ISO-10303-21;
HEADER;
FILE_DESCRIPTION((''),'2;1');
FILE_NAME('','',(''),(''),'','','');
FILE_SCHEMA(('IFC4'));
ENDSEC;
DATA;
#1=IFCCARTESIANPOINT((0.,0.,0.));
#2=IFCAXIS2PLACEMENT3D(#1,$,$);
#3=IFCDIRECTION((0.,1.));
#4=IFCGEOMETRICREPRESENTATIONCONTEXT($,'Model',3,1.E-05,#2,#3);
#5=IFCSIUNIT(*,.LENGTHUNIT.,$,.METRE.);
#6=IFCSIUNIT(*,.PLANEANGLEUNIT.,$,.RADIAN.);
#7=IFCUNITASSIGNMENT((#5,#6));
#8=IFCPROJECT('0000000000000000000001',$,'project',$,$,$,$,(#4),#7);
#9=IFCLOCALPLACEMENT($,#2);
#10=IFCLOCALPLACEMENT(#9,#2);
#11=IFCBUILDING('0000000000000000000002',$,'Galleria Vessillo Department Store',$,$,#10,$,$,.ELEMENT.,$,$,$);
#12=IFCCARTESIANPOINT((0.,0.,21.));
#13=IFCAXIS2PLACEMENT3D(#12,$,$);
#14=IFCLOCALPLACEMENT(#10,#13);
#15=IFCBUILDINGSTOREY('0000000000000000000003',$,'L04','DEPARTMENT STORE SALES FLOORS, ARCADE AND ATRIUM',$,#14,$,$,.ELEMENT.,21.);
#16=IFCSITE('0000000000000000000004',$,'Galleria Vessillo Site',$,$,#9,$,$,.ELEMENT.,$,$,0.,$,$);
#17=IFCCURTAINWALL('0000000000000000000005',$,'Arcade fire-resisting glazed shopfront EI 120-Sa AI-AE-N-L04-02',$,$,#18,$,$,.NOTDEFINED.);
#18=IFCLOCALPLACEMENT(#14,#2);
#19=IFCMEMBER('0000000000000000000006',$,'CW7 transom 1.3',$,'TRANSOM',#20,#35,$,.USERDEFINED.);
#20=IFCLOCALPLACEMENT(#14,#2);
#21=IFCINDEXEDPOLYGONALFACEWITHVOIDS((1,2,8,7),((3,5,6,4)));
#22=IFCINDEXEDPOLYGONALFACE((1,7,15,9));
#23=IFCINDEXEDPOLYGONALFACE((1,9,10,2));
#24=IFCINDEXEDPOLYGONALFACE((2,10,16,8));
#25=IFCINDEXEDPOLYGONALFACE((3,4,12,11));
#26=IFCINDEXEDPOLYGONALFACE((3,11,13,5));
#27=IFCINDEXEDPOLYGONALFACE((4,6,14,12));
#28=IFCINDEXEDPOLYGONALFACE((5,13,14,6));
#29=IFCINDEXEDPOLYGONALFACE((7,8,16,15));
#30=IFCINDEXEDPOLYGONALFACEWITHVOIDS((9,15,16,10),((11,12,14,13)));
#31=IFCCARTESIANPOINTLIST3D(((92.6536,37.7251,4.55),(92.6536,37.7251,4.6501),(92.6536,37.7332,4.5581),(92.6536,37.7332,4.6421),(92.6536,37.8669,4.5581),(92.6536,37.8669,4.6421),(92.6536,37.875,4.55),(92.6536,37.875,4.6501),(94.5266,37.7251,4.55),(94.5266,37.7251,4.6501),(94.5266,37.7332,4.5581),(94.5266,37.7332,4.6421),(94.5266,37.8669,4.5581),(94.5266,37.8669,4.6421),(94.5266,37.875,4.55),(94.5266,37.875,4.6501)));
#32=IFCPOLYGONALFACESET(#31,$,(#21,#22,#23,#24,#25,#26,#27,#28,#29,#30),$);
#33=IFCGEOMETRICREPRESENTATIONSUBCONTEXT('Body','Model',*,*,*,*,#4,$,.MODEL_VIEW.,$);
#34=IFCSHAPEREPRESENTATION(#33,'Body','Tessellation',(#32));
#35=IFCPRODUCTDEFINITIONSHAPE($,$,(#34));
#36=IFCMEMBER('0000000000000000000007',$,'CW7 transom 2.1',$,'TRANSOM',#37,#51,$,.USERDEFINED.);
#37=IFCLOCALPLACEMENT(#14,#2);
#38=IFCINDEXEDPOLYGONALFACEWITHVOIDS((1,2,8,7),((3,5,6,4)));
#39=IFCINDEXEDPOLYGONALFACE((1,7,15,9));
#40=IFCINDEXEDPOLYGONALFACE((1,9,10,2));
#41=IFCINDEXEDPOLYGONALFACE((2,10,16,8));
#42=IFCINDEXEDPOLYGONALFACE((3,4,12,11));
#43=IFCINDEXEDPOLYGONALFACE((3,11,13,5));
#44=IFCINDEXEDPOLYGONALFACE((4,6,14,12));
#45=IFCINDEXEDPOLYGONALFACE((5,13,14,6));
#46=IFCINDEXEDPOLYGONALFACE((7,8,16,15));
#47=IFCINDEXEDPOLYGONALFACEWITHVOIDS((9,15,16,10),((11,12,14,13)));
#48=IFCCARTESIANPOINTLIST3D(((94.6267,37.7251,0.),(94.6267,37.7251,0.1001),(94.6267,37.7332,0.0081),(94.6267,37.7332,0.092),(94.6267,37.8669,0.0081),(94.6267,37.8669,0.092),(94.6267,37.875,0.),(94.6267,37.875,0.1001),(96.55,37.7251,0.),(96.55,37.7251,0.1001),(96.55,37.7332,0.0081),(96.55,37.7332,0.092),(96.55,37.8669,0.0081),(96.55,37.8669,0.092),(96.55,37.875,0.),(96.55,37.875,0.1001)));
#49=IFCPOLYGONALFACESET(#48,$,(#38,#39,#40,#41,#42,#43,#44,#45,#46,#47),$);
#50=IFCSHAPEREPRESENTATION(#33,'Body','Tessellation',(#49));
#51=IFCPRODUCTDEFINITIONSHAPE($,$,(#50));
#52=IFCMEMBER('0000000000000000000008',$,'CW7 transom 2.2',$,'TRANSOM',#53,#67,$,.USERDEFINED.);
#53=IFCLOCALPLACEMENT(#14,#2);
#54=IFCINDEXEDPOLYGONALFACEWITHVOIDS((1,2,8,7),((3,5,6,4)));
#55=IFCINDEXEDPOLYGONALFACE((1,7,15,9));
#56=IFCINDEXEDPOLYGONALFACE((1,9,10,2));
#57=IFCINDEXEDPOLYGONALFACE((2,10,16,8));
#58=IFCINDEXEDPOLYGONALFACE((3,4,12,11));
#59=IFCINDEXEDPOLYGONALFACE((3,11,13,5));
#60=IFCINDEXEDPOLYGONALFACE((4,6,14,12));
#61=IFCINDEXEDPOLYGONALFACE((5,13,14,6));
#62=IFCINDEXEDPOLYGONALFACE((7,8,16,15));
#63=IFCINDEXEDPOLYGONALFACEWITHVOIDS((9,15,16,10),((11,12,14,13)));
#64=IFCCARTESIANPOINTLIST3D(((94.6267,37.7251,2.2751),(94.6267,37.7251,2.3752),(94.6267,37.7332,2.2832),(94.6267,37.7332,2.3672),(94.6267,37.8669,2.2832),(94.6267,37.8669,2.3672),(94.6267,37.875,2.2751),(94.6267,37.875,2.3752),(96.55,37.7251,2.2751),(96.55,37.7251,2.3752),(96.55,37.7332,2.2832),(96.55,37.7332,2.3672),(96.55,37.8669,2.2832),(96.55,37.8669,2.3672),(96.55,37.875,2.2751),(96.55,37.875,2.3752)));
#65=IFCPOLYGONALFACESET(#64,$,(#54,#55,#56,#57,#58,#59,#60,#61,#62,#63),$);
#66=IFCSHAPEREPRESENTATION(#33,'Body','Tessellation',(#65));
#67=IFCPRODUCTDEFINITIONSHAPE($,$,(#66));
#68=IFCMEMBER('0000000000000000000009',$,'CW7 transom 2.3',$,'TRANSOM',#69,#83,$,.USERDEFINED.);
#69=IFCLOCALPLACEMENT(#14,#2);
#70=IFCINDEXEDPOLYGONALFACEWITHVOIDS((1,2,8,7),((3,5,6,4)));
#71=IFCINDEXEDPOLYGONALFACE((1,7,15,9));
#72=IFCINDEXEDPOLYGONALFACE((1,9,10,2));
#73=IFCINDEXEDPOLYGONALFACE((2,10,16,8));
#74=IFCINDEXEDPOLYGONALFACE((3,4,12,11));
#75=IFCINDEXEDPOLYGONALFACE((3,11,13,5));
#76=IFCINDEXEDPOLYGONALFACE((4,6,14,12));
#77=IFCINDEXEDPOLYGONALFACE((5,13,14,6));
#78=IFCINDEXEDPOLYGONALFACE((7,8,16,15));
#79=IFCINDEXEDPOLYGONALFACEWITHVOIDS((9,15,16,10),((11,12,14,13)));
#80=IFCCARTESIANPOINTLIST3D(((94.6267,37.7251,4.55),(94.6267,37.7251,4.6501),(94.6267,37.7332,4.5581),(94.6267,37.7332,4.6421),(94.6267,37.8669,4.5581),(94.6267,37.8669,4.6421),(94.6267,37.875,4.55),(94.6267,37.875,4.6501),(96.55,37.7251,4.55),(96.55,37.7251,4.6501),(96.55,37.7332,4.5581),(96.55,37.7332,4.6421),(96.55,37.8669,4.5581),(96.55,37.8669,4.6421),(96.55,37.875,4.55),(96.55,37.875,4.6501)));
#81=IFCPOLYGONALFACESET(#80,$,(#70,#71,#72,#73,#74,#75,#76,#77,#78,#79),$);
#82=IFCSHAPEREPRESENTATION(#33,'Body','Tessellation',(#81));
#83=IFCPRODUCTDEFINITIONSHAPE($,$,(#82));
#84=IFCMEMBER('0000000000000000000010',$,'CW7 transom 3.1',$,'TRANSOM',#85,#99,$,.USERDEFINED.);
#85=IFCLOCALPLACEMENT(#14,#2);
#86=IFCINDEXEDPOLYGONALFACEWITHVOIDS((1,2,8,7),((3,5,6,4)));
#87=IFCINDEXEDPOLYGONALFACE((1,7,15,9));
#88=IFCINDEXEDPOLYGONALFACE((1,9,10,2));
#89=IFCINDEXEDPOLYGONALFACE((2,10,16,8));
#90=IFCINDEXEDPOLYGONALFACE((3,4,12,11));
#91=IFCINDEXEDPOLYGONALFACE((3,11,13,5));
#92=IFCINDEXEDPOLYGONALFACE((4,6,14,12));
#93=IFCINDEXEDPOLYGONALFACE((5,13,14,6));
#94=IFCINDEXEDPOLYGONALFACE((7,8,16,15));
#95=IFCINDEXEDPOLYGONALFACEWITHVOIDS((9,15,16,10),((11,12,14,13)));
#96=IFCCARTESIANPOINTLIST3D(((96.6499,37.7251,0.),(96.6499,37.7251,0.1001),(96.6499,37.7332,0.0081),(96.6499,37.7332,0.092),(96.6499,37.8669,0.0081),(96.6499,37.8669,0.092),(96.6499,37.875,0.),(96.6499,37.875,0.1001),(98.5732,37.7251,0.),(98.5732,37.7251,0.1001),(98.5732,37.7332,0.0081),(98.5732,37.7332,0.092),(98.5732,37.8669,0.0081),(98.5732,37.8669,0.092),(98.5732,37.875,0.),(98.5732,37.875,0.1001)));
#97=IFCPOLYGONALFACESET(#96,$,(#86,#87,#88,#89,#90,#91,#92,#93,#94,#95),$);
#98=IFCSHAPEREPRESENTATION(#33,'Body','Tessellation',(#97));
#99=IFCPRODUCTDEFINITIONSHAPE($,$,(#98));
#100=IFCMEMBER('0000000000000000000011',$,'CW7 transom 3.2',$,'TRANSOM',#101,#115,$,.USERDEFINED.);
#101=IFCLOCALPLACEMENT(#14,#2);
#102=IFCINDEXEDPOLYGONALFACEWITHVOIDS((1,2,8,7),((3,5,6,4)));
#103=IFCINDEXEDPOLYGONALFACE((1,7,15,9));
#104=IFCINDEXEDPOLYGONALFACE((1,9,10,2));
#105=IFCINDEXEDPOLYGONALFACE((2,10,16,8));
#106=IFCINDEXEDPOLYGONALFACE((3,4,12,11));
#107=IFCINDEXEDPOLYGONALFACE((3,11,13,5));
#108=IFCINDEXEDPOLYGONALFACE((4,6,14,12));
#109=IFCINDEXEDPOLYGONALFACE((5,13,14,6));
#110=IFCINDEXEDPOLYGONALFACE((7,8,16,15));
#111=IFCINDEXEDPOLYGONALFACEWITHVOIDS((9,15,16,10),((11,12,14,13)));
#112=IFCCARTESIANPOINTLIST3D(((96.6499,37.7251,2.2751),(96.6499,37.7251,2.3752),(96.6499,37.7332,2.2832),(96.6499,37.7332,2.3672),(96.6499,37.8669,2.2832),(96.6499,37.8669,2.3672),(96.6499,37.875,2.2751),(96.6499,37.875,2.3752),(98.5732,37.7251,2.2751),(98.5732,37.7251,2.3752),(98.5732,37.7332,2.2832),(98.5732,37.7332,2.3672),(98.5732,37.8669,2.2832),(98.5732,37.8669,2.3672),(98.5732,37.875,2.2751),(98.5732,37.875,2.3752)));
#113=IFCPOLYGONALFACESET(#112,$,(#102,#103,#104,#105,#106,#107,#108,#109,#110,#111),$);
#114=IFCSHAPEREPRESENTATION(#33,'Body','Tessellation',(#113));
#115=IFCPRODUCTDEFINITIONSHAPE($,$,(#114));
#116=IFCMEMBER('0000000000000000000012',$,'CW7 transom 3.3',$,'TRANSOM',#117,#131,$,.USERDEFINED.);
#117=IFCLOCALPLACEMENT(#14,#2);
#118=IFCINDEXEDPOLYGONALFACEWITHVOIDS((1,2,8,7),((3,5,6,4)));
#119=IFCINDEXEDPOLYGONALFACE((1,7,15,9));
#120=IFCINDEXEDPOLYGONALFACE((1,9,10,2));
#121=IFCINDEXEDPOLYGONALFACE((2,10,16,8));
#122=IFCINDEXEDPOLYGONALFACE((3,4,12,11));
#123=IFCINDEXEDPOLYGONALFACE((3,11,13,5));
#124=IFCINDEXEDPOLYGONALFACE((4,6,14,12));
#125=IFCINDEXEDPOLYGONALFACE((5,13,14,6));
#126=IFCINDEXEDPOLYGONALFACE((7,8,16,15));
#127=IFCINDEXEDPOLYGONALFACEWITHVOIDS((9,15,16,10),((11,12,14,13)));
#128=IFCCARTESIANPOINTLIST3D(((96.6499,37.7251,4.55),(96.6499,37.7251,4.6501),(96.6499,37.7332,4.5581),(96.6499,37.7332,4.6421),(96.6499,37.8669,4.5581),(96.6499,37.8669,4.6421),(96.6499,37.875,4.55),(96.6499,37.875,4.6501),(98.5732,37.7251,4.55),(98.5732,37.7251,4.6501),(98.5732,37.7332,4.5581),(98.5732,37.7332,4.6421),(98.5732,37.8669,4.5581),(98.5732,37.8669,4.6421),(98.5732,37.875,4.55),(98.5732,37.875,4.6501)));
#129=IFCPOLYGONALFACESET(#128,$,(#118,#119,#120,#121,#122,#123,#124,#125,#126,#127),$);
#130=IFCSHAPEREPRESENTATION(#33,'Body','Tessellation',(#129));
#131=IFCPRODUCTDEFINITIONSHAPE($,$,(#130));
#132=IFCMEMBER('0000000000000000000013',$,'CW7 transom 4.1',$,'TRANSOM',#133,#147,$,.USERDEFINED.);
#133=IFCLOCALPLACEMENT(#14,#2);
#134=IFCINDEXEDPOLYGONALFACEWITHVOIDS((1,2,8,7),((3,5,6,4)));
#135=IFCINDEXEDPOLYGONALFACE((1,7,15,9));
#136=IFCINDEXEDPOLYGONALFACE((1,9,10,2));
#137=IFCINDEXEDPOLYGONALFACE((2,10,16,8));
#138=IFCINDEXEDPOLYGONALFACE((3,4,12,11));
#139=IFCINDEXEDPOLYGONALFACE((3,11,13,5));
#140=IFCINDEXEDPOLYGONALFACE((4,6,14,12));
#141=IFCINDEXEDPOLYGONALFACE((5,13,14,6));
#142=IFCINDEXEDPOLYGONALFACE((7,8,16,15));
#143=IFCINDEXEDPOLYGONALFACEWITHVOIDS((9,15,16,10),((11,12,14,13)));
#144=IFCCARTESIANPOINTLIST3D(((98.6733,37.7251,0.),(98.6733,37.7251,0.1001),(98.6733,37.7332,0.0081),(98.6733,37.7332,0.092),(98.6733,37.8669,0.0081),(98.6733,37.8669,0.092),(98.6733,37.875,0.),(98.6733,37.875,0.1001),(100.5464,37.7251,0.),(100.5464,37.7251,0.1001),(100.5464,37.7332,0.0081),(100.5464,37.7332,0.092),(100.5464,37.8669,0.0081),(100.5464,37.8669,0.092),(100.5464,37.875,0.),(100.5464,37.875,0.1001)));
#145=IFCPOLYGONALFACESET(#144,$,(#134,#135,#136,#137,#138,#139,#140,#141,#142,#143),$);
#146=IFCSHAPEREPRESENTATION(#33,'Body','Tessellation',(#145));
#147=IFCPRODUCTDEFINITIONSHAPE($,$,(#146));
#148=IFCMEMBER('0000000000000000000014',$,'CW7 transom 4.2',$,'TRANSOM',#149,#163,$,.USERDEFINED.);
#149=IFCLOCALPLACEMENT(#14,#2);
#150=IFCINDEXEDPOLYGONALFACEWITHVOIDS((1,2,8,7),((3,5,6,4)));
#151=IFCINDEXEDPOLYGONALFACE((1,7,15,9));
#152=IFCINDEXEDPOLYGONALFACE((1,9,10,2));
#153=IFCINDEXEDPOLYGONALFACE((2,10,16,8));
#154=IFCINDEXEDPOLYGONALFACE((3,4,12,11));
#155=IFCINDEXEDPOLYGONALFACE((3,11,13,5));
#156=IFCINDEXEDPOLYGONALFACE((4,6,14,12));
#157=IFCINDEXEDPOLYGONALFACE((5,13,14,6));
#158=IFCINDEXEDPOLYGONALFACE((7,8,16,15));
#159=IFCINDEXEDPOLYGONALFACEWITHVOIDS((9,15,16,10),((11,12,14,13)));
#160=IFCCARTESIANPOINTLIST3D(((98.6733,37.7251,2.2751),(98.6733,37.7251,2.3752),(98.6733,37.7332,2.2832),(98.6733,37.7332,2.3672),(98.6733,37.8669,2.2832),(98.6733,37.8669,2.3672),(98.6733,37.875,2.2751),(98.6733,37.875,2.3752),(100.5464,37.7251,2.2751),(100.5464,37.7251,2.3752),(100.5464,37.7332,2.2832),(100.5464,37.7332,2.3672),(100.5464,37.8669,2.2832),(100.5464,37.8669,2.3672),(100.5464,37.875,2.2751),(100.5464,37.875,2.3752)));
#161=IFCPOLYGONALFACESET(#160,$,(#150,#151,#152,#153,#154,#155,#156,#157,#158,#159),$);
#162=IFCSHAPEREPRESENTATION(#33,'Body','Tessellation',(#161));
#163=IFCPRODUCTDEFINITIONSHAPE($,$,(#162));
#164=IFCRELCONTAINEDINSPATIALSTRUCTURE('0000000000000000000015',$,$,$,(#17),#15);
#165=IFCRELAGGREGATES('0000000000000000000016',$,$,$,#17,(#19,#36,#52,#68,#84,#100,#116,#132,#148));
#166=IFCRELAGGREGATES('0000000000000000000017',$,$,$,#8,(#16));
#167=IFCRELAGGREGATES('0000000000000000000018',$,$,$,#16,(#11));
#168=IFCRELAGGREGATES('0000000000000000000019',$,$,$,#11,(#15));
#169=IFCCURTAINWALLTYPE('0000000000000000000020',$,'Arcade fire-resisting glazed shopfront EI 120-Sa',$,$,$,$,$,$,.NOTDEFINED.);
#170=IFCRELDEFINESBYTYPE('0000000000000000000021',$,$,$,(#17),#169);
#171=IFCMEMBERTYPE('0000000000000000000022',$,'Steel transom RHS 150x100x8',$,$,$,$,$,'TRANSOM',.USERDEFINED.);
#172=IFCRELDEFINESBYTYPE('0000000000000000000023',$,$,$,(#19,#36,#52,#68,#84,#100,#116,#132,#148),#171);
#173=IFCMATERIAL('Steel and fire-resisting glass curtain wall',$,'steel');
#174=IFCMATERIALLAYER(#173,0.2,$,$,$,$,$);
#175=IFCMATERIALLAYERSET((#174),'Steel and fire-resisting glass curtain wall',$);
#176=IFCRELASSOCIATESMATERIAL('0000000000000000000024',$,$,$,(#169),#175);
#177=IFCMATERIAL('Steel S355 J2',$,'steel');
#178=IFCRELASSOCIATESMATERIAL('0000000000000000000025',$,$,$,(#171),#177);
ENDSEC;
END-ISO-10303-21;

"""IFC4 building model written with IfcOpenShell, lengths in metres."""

from ifc_helpers import new_model, si_unit, direction, frame, origin, origin_2d, place, context, subcontext, project, spatial, hollow_rectangle, extrude, material, layer, layer_set, material_profile, profile_set, type_object, element, aggregate, save


model = new_model("IFC4")

# Units and contexts
model_context = context("Model", 3, precision=1e-05, world=origin(), true_north=direction((0.0, 1.0)))
body_context = subcontext(model_context, "Body", "Model", "MODEL_VIEW")
ifc_project = project(units=[si_unit("LENGTHUNIT", "METRE"), si_unit("PLANEANGLEUNIT", "RADIAN")], contexts=[model_context])

# Site, building, storey
site_placement = place(None, origin())
site = spatial("IfcSite", under=ifc_project, at=site_placement, Name="Galleria Vessillo Site", CompositionType="ELEMENT", RefElevation=0.0)
building_placement = place(site_placement, origin())
building = spatial("IfcBuilding", under=site, at=building_placement, Name="Galleria Vessillo Department Store", CompositionType="ELEMENT")
storey_placement = place(building_placement, frame((0.0, 0.0, 21.0)))
storey = spatial("IfcBuildingStorey", under=building, at=storey_placement, Name="L04", Description="DEPARTMENT STORE SALES FLOORS, ARCADE AND ATRIUM", CompositionType="ELEMENT", Elevation=21.0)

# Curtain wall
ifc_material_1 = material(Name="Steel and fire-resisting glass curtain wall", Category="steel")
ifc_layer_1 = layer(ifc_material_1, 0.2)
ifc_layer_set_1 = layer_set([ifc_layer_1], Name="Steel and fire-resisting glass curtain wall")
curtain_wall_type = type_object("IfcCurtainWallType", Name="Arcade fire-resisting glazed shopfront EI 120-Sa", PredefinedType="NOTDEFINED", material=ifc_layer_set_1)
curtain_wall_1_placement = place(storey_placement, origin())
curtain_wall_1 = element("IfcCurtainWall", 1, at=curtain_wall_1_placement, inside=storey, type_object=curtain_wall_type, Name="Arcade fire-resisting glazed shopfront EI 120-Sa AI-AE-N-L04-02", PredefinedType="NOTDEFINED")

# Members
ifc_material_2 = material(Name="Steel S355 J2", Category="steel")
ifc_material_profile_1 = material_profile(ifc_material_2, hollow_rectangle(XDim=0.1499, YDim=0.1001, WallThickness=0.0081, at=origin_2d()), Name="RHS 150x100x8")
ifc_profile_set_1 = profile_set([ifc_material_profile_1], Name="Steel S355 J2")
member_type_1 = type_object("IfcMemberType", Name="Steel transom RHS 150x100x8", ElementType="TRANSOM", PredefinedType="USERDEFINED", material=ifc_profile_set_1)
member_1_placement = place(storey_placement, frame((92.6536, 37.8, 4.6001), z_axis=(1.0, 0.0, 0.0), x_axis=(0.0, 1.0, 0.0)))
member_1 = element("IfcMember", 2, at=member_1_placement, type_object=member_type_1, Name="CW7 transom 1.3", ObjectType="TRANSOM", PredefinedType="USERDEFINED", context=body_context, shape_type="SweptSolid", body=[
    extrude(hollow_rectangle(XDim=0.1499, YDim=0.1001, WallThickness=0.0081, at=origin_2d()), origin(), (0.0, 0.0, 1.0), 1.873),
])
member_2_placement = place(storey_placement, frame((94.6267, 37.8, 0.05), z_axis=(1.0, 0.0, 0.0), x_axis=(0.0, 1.0, 0.0)))
member_2 = element("IfcMember", 3, at=member_2_placement, type_object=member_type_1, Name="CW7 transom 2.1", ObjectType="TRANSOM", PredefinedType="USERDEFINED", context=body_context, shape_type="SweptSolid", body=[
    extrude(hollow_rectangle(XDim=0.1499, YDim=0.1001, WallThickness=0.0081, at=origin_2d()), origin(), (0.0, 0.0, 1.0), 1.9233),
])
member_3_placement = place(storey_placement, frame((94.6267, 37.8, 2.3252), z_axis=(1.0, 0.0, 0.0), x_axis=(0.0, 1.0, 0.0)))
member_3 = element("IfcMember", 4, at=member_3_placement, type_object=member_type_1, Name="CW7 transom 2.2", ObjectType="TRANSOM", PredefinedType="USERDEFINED", context=body_context, shape_type="SweptSolid", body=[
    extrude(hollow_rectangle(XDim=0.1499, YDim=0.1001, WallThickness=0.0081, at=origin_2d()), origin(), (0.0, 0.0, 1.0), 1.9233),
])
member_4_placement = place(storey_placement, frame((94.6267, 37.8, 4.6001), z_axis=(1.0, 0.0, 0.0), x_axis=(0.0, 1.0, 0.0)))
member_4 = element("IfcMember", 5, at=member_4_placement, type_object=member_type_1, Name="CW7 transom 2.3", ObjectType="TRANSOM", PredefinedType="USERDEFINED", context=body_context, shape_type="SweptSolid", body=[
    extrude(hollow_rectangle(XDim=0.1499, YDim=0.1001, WallThickness=0.0081, at=origin_2d()), origin(), (0.0, 0.0, 1.0), 1.9233),
])
member_5_placement = place(storey_placement, frame((96.6499, 37.8, 0.05), z_axis=(1.0, 0.0, 0.0), x_axis=(0.0, 1.0, 0.0)))
member_5 = element("IfcMember", 6, at=member_5_placement, type_object=member_type_1, Name="CW7 transom 3.1", ObjectType="TRANSOM", PredefinedType="USERDEFINED", context=body_context, shape_type="SweptSolid", body=[
    extrude(hollow_rectangle(XDim=0.1499, YDim=0.1001, WallThickness=0.0081, at=origin_2d()), origin(), (0.0, 0.0, 1.0), 1.9233),
])
member_6_placement = place(storey_placement, frame((96.6499, 37.8, 2.3252), z_axis=(1.0, 0.0, 0.0), x_axis=(0.0, 1.0, 0.0)))
member_6 = element("IfcMember", 7, at=member_6_placement, type_object=member_type_1, Name="CW7 transom 3.2", ObjectType="TRANSOM", PredefinedType="USERDEFINED", context=body_context, shape_type="SweptSolid", body=[
    extrude(hollow_rectangle(XDim=0.1499, YDim=0.1001, WallThickness=0.0081, at=origin_2d()), origin(), (0.0, 0.0, 1.0), 1.9233),
])
member_7_placement = place(storey_placement, frame((96.6499, 37.8, 4.6001), z_axis=(1.0, 0.0, 0.0), x_axis=(0.0, 1.0, 0.0)))
member_7 = element("IfcMember", 8, at=member_7_placement, type_object=member_type_1, Name="CW7 transom 3.3", ObjectType="TRANSOM", PredefinedType="USERDEFINED", context=body_context, shape_type="SweptSolid", body=[
    extrude(hollow_rectangle(XDim=0.1499, YDim=0.1001, WallThickness=0.0081, at=origin_2d()), origin(), (0.0, 0.0, 1.0), 1.9233),
])
member_8_placement = place(storey_placement, frame((98.6733, 37.8, 0.05), z_axis=(1.0, 0.0, 0.0), x_axis=(0.0, 1.0, 0.0)))
member_8 = element("IfcMember", 9, at=member_8_placement, type_object=member_type_1, Name="CW7 transom 4.1", ObjectType="TRANSOM", PredefinedType="USERDEFINED", context=body_context, shape_type="SweptSolid", body=[
    extrude(hollow_rectangle(XDim=0.1499, YDim=0.1001, WallThickness=0.0081, at=origin_2d()), origin(), (0.0, 0.0, 1.0), 1.873),
])
member_9_placement = place(storey_placement, frame((98.6733, 37.8, 2.3252), z_axis=(1.0, 0.0, 0.0), x_axis=(0.0, 1.0, 0.0)))
member_9 = element("IfcMember", 10, at=member_9_placement, type_object=member_type_1, Name="CW7 transom 4.2", ObjectType="TRANSOM", PredefinedType="USERDEFINED", context=body_context, shape_type="SweptSolid", body=[
    extrude(hollow_rectangle(XDim=0.1499, YDim=0.1001, WallThickness=0.0081, at=origin_2d()), origin(), (0.0, 0.0, 1.0), 1.873),
])

aggregate(curtain_wall_1, [member_1, member_2, member_3, member_4, member_5, member_6, member_7, member_8, member_9])

save(model, "model.ifc")
